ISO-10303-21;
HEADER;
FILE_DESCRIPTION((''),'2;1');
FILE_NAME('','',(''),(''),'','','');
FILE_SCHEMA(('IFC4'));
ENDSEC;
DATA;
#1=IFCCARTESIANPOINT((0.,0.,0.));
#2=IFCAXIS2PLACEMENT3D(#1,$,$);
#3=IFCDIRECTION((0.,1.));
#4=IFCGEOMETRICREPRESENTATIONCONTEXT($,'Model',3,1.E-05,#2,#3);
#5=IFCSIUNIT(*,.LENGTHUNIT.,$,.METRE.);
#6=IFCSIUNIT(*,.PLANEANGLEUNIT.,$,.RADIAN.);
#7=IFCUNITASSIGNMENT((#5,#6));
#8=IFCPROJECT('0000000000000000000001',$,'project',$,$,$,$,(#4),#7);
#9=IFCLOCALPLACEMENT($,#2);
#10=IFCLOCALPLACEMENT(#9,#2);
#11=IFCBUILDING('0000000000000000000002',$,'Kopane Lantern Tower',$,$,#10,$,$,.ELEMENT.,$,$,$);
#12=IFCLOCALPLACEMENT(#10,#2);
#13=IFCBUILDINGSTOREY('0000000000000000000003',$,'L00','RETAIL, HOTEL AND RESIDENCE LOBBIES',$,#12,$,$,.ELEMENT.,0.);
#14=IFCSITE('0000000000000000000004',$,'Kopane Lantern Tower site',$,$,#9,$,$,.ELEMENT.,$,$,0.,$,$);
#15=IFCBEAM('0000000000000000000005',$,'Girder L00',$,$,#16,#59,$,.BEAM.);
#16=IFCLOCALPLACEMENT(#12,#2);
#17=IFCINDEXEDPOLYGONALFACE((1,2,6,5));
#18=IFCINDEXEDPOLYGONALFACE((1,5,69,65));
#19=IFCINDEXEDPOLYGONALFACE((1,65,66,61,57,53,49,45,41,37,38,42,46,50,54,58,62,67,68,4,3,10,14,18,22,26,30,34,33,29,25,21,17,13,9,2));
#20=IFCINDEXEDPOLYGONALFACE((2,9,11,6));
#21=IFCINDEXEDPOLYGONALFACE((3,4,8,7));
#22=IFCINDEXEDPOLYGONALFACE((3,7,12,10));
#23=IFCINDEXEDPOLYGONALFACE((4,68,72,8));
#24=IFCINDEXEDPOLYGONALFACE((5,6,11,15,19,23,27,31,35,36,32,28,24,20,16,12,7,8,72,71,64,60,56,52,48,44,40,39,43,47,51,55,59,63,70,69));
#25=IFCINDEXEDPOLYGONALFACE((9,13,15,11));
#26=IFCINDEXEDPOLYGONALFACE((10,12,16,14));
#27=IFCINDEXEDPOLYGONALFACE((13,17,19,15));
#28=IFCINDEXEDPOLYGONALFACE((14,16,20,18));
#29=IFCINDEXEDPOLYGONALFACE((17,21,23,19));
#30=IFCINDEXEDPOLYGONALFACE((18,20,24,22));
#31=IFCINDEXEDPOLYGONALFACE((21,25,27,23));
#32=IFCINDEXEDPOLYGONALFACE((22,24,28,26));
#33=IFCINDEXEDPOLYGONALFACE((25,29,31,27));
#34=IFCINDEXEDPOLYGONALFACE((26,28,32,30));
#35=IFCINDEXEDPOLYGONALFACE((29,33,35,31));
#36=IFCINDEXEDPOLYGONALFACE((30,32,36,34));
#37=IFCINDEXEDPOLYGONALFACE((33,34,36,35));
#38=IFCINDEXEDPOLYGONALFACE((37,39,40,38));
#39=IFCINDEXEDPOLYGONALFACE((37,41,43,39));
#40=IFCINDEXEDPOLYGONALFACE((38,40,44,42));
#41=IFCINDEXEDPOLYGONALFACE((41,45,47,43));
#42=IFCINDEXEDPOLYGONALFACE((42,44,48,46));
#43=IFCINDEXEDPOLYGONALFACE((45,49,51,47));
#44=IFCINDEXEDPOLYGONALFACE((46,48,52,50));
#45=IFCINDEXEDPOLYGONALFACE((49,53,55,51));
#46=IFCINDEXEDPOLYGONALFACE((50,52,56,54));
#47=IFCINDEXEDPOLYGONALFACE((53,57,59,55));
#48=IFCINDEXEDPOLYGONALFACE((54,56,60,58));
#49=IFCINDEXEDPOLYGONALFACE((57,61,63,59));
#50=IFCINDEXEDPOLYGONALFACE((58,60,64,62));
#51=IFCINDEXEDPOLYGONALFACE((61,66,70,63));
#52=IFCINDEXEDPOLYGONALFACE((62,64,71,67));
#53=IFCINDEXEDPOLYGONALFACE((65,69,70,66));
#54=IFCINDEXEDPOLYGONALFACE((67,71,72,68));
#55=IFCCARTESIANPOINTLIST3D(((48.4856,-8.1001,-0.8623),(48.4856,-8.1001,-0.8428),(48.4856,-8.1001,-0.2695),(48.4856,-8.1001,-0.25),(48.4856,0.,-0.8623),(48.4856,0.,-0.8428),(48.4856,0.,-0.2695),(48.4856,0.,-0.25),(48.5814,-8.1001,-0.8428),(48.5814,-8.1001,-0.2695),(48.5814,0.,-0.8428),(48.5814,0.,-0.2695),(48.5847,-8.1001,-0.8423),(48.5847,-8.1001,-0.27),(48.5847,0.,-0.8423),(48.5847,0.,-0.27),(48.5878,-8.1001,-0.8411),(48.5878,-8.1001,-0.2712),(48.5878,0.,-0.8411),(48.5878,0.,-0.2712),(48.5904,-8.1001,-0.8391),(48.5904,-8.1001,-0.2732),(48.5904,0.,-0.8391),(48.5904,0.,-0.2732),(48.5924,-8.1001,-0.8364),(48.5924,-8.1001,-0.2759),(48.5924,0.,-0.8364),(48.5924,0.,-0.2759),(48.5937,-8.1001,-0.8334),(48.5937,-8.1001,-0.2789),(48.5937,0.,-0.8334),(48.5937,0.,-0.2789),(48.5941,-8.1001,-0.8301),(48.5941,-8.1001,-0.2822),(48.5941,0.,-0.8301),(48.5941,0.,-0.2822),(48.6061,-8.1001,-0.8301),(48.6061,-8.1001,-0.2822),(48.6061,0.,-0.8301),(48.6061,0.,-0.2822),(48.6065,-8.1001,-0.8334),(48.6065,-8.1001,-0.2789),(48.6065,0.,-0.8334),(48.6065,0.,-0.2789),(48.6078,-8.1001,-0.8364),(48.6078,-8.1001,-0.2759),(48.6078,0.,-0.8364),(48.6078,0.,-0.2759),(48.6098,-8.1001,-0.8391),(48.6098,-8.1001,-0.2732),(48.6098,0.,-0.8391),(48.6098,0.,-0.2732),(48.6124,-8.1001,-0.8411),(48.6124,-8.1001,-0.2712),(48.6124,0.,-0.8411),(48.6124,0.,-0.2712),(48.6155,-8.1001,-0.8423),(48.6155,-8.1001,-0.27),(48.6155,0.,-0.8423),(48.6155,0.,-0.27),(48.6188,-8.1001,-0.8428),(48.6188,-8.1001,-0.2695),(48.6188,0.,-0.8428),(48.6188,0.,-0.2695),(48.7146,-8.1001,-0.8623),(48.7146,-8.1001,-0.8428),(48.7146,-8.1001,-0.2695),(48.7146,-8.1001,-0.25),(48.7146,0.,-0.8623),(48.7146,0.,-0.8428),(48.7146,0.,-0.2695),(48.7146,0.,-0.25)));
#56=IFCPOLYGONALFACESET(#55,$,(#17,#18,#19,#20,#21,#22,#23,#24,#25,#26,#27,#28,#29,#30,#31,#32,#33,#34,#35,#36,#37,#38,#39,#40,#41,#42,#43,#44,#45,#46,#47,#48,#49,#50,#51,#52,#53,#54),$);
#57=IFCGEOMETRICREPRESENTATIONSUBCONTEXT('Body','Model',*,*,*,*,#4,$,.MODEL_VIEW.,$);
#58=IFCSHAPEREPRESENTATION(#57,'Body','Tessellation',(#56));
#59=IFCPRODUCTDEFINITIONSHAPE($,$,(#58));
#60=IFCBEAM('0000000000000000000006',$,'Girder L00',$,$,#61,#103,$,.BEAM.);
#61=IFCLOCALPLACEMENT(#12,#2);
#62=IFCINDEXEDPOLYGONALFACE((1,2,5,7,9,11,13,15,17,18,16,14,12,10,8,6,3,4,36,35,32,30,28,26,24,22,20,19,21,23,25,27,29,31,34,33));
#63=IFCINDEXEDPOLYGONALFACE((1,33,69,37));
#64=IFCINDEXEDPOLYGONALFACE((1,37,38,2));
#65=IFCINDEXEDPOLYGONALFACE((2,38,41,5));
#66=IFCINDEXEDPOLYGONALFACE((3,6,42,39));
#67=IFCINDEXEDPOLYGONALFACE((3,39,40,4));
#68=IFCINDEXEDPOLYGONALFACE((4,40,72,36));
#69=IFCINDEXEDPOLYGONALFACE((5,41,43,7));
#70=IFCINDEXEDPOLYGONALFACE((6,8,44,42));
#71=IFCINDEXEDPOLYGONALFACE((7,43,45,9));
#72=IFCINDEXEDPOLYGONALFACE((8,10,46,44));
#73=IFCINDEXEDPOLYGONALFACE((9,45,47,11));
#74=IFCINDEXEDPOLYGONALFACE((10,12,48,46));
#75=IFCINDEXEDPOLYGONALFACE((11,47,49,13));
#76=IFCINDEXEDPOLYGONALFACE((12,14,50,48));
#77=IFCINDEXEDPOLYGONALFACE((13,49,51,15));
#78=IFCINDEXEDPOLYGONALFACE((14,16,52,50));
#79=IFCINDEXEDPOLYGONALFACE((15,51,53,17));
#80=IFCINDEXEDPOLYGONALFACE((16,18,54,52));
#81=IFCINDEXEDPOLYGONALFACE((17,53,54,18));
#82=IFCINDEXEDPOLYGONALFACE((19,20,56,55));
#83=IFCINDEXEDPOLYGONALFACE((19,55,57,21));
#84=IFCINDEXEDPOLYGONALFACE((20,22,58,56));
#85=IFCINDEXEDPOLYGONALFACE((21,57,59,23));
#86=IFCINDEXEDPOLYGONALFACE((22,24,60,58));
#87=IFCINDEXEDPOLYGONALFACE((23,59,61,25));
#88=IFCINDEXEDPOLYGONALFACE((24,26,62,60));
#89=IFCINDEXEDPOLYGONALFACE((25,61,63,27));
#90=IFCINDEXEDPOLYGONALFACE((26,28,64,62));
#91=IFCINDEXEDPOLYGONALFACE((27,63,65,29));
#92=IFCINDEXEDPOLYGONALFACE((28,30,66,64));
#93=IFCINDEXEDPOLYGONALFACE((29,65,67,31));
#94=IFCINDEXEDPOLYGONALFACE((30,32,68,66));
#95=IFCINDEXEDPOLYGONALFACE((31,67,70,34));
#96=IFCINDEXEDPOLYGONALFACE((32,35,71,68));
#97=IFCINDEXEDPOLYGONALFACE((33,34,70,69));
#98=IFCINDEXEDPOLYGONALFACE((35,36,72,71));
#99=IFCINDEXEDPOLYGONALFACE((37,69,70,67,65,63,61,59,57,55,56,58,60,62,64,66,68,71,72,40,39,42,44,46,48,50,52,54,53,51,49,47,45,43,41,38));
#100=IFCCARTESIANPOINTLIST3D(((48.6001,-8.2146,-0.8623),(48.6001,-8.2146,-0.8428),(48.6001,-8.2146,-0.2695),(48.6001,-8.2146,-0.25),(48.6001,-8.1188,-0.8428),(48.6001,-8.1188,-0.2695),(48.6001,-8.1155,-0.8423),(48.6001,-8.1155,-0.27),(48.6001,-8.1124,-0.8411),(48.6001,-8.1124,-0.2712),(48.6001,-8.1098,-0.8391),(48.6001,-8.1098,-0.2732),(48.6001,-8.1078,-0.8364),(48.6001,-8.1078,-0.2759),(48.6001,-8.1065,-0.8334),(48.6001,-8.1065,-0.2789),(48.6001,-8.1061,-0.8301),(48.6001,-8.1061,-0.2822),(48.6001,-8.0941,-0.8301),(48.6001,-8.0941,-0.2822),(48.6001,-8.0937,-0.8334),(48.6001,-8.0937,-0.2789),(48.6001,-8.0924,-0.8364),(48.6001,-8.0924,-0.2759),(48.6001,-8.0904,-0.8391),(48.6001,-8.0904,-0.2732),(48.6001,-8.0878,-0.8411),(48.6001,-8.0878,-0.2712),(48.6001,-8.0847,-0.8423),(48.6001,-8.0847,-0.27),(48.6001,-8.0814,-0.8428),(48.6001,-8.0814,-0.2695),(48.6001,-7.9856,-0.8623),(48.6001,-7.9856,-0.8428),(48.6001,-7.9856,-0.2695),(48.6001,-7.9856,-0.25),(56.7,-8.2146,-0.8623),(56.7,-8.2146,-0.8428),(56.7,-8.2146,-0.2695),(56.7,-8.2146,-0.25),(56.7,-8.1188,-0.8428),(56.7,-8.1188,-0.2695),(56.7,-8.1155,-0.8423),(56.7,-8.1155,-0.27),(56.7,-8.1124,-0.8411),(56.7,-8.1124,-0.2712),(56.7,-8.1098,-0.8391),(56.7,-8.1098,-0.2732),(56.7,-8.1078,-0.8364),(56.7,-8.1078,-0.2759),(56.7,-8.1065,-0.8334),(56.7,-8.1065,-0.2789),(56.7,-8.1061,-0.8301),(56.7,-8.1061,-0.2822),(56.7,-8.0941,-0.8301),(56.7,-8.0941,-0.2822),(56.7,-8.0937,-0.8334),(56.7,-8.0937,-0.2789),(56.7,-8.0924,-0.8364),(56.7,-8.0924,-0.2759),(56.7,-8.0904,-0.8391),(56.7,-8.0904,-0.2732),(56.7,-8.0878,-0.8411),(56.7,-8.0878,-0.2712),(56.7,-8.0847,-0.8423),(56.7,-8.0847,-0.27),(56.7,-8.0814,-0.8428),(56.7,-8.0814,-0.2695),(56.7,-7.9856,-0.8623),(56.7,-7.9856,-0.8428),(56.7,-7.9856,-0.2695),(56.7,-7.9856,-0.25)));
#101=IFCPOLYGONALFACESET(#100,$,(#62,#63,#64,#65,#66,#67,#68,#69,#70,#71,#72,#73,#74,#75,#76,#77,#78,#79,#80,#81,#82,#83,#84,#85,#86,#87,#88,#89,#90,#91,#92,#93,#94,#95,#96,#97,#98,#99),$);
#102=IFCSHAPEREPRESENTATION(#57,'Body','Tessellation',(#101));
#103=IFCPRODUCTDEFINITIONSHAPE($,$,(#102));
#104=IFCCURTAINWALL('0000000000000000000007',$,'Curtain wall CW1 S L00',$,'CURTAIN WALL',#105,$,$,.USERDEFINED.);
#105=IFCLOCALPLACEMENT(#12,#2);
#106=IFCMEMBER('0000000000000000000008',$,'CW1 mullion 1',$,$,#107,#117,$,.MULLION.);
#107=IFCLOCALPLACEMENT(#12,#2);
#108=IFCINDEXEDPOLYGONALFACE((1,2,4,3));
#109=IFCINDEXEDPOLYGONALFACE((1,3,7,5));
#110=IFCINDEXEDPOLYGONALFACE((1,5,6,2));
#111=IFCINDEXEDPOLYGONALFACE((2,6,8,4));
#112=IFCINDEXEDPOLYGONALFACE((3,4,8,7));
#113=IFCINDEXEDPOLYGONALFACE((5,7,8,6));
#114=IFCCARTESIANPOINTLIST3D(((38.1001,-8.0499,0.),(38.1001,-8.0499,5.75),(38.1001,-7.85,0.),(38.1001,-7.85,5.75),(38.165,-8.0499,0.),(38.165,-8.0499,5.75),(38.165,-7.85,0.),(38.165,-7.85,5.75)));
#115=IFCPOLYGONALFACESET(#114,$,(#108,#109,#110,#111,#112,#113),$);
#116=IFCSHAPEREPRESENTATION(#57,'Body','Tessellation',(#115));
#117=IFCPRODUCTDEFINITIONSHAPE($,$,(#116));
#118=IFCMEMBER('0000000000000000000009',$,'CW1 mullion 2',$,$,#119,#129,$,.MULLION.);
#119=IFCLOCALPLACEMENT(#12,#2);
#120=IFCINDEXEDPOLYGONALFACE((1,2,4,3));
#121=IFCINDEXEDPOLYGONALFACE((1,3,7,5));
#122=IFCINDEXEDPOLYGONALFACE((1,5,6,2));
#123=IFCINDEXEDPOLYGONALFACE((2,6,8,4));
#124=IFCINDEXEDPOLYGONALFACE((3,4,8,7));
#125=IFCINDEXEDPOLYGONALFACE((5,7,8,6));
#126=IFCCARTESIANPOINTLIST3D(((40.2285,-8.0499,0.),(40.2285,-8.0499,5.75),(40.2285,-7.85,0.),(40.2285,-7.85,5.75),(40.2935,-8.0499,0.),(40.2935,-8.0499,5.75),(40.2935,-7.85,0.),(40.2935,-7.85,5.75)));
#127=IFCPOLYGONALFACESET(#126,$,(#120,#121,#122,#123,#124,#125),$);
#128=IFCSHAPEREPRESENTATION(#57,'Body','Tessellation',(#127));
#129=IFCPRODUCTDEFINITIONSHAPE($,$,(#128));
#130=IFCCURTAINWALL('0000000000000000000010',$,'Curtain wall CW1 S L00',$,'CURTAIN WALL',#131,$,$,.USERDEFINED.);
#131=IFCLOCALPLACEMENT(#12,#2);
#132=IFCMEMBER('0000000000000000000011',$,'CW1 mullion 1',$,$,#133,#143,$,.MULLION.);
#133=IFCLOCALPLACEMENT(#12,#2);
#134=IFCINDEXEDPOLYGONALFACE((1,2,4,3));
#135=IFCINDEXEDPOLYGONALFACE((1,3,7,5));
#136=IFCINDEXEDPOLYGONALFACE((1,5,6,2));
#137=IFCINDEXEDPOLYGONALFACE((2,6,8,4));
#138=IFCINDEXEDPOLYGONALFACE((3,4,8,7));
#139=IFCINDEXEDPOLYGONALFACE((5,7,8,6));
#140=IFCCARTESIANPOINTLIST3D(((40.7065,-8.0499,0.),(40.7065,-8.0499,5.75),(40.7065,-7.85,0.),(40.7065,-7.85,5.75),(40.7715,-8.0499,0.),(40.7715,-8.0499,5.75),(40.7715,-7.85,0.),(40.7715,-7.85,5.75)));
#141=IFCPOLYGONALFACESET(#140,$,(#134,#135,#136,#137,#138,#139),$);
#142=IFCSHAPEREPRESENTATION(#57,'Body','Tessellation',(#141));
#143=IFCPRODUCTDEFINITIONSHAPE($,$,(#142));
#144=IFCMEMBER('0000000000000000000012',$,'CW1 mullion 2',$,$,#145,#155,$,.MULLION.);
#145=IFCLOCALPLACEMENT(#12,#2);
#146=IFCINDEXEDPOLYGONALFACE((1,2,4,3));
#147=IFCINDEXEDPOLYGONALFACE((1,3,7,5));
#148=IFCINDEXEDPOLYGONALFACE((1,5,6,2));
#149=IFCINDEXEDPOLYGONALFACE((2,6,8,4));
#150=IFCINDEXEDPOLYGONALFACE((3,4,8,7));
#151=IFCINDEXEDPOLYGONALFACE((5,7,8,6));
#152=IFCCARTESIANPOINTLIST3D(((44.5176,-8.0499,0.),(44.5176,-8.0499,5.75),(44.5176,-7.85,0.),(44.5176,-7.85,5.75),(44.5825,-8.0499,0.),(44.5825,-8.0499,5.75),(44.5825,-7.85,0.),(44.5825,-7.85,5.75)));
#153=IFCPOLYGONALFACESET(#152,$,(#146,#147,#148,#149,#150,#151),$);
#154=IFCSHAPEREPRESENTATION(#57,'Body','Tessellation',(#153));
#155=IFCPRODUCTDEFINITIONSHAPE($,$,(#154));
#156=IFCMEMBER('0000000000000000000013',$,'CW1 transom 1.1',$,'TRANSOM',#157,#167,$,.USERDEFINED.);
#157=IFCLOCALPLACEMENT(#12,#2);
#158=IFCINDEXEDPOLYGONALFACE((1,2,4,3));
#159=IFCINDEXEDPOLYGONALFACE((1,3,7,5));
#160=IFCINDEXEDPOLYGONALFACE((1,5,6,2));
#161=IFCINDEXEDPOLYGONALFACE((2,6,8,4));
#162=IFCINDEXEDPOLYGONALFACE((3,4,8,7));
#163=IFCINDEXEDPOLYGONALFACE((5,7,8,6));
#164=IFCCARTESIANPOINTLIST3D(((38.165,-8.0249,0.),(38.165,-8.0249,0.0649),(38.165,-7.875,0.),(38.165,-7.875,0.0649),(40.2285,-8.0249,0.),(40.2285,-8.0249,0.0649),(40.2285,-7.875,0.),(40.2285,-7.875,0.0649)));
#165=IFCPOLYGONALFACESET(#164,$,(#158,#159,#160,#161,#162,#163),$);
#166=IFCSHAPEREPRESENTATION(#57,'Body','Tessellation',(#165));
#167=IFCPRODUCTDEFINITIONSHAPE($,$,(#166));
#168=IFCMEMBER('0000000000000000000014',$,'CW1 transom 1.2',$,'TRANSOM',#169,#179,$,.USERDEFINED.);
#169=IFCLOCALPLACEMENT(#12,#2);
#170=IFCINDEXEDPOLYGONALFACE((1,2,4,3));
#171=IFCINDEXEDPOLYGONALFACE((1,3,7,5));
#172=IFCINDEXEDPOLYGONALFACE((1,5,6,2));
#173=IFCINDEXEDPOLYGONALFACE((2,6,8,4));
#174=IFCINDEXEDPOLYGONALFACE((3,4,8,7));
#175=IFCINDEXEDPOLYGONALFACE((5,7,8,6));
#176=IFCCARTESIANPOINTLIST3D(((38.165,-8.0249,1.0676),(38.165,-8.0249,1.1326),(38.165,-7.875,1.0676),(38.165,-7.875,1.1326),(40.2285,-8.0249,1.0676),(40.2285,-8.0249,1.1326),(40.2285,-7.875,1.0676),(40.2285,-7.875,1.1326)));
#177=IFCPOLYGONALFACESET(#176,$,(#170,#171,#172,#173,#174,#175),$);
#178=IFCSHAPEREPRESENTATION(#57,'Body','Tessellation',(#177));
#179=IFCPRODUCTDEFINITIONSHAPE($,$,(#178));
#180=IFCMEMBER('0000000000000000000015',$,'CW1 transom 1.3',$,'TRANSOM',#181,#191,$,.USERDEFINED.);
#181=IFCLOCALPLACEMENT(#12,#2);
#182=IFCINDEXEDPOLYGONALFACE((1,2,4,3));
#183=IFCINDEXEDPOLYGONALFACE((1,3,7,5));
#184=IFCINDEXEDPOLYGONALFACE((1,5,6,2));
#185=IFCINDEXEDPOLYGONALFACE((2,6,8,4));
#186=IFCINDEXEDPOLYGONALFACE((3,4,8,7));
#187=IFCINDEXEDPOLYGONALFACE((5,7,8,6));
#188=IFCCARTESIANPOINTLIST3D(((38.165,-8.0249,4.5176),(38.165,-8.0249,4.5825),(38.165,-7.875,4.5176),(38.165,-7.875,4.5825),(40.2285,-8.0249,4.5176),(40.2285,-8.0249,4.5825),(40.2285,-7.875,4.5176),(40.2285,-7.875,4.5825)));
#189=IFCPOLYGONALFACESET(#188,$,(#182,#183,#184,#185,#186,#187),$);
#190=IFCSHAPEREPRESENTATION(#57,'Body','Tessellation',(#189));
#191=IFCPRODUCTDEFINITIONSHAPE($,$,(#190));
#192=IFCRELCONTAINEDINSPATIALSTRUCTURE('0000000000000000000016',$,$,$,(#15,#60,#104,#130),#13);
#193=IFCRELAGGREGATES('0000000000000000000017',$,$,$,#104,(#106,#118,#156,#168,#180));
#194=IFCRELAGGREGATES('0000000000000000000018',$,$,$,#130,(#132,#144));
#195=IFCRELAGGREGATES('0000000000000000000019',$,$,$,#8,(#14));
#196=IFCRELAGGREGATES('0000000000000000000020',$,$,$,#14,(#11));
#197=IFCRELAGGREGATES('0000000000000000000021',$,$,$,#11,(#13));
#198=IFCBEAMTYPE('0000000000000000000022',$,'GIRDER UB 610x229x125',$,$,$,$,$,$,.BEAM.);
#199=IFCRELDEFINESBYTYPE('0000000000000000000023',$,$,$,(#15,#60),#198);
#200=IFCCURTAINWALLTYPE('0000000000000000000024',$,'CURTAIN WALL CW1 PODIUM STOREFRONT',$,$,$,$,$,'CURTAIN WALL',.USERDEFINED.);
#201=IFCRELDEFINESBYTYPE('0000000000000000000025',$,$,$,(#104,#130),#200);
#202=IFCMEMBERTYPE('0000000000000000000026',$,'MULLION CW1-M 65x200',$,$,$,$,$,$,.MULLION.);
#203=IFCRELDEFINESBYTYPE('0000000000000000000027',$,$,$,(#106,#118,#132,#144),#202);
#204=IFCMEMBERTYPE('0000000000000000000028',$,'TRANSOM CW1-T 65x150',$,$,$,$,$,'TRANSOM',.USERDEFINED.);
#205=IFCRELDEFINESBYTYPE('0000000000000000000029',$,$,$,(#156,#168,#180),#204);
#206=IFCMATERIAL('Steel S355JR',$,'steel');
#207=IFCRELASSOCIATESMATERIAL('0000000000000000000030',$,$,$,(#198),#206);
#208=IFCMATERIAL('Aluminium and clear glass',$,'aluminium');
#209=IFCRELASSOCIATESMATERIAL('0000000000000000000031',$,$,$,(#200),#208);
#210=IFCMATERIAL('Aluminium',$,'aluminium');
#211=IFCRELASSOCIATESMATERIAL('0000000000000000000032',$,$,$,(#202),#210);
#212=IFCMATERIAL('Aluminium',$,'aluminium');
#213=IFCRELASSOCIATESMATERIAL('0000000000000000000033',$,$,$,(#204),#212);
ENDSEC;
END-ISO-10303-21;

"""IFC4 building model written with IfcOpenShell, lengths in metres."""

from ifc_helpers import new_model, si_unit, direction, frame, origin, origin_2d, place, context, subcontext, project, spatial, rectangle, i_section, extrude, material, material_profile, profile_set, type_object, element, aggregate, save


model = new_model("IFC4")

# Units and contexts
model_context = context("Model", 3, precision=1e-05, world=origin(), true_north=direction((0.0, 1.0)))
body_context = subcontext(model_context, "Body", "Model", "MODEL_VIEW")
ifc_project = project(units=[si_unit("LENGTHUNIT", "METRE"), si_unit("PLANEANGLEUNIT", "RADIAN")], contexts=[model_context])

# Site, building, storey
site_placement = place(None, origin())
site = spatial("IfcSite", under=ifc_project, at=site_placement, Name="Kopane Lantern Tower site", CompositionType="ELEMENT", RefElevation=0.0)
building_placement = place(site_placement, origin())
building = spatial("IfcBuilding", under=site, at=building_placement, Name="Kopane Lantern Tower", CompositionType="ELEMENT")
storey_placement = place(building_placement, origin())
storey = spatial("IfcBuildingStorey", under=building, at=storey_placement, Name="L00", Description="RETAIL, HOTEL AND RESIDENCE LOBBIES", CompositionType="ELEMENT", Elevation=0.0)

# Beams
ifc_material_1 = material(Name="Steel S355JR", Category="steel")
ifc_material_profile_1 = material_profile(ifc_material_1, i_section(OverallWidth=0.229, OverallDepth=0.6123, WebThickness=0.012, FlangeThickness=0.0195, FilletRadius=0.0127, at=origin_2d()), Name="UB 610x229x125")
ifc_profile_set_1 = profile_set([ifc_material_profile_1], Name="Steel S355JR")
beam_type = type_object("IfcBeamType", Name="GIRDER UB 610x229x125", PredefinedType="BEAM", material=ifc_profile_set_1)
for number, where, z_axis, x_axis, name in (
    (1, (48.6001, -8.1001, -0.5562), (0.0, 1.0, 0.0), (-1.0, 0.0, 0.0), "Girder L00"),
):
    element("IfcBeam", number, at=place(storey_placement, frame(where, z_axis=z_axis, x_axis=x_axis)), inside=storey, type_object=beam_type, Name=name, PredefinedType="BEAM", context=body_context, shape_type="SweptSolid", body=[
        extrude(i_section(OverallWidth=0.229, OverallDepth=0.6123, WebThickness=0.012, FlangeThickness=0.0195, FilletRadius=0.0127, at=origin_2d()), origin(), (0.0, 0.0, 1.0), 8.1001),
    ])
beam_placement = place(storey_placement, frame((48.6001, -8.1001, -0.5562), z_axis=(1.0, 0.0, 0.0), x_axis=(0.0, 1.0, 0.0)))
element("IfcBeam", 2, at=beam_placement, inside=storey, type_object=beam_type, Name="Girder L00", PredefinedType="BEAM", context=body_context, shape_type="SweptSolid", body=[
    extrude(i_section(OverallWidth=0.229, OverallDepth=0.6123, WebThickness=0.012, FlangeThickness=0.0195, FilletRadius=0.0127, at=origin_2d()), origin(), (0.0, 0.0, 1.0), 8.0999),
])

# Curtain walls, members
ifc_material_2 = material(Name="Aluminium and clear glass", Category="aluminium")
curtain_wall_type = type_object("IfcCurtainWallType", Name="CURTAIN WALL CW1 PODIUM STOREFRONT", ElementType="CURTAIN WALL", PredefinedType="USERDEFINED", material=ifc_material_2)
curtain_wall_1_placement = place(storey_placement, origin())
curtain_wall_1 = element("IfcCurtainWall", 3, at=curtain_wall_1_placement, inside=storey, type_object=curtain_wall_type, Name="Curtain wall CW1 S L00", ObjectType="CURTAIN WALL", PredefinedType="USERDEFINED")
ifc_material_3 = material(Name="Aluminium", Category="aluminium")
ifc_material_profile_2 = material_profile(ifc_material_3, rectangle(XDim=0.0649, YDim=0.2, at=origin_2d()), Name="AL 65x200")
ifc_profile_set_2 = profile_set([ifc_material_profile_2], Name="Aluminium")
member_type_1 = type_object("IfcMemberType", Name="MULLION CW1-M 65x200", PredefinedType="MULLION", material=ifc_profile_set_2)
member_1_placement = place(storey_placement, frame((38.1326, -7.95, 0.0), z_axis=(0.0, 0.0, 1.0), x_axis=(1.0, 0.0, 0.0)))
member_1 = element("IfcMember", 4, at=member_1_placement, type_object=member_type_1, Name="CW1 mullion 1", PredefinedType="MULLION", context=body_context, shape_type="SweptSolid", body=[
    extrude(rectangle(XDim=0.0649, YDim=0.2, at=origin_2d()), origin(), (0.0, 0.0, 1.0), 5.75),
])
member_2_placement = place(storey_placement, frame((40.261, -7.95, 0.0), z_axis=(0.0, 0.0, 1.0), x_axis=(1.0, 0.0, 0.0)))
member_2 = element("IfcMember", 5, at=member_2_placement, type_object=member_type_1, Name="CW1 mullion 2", PredefinedType="MULLION", context=body_context, shape_type="SweptSolid", body=[
    extrude(rectangle(XDim=0.0649, YDim=0.2, at=origin_2d()), origin(), (0.0, 0.0, 1.0), 5.75),
])
curtain_wall_2_placement = place(storey_placement, origin())
curtain_wall_2 = element("IfcCurtainWall", 6, at=curtain_wall_2_placement, inside=storey, type_object=curtain_wall_type, Name="Curtain wall CW1 S L00", ObjectType="CURTAIN WALL", PredefinedType="USERDEFINED")
member_3_placement = place(storey_placement, frame((40.739, -7.95, 0.0), z_axis=(0.0, 0.0, 1.0), x_axis=(1.0, 0.0, 0.0)))
member_3 = element("IfcMember", 7, at=member_3_placement, type_object=member_type_1, Name="CW1 mullion 1", PredefinedType="MULLION", context=body_context, shape_type="SweptSolid", body=[
    extrude(rectangle(XDim=0.0649, YDim=0.2, at=origin_2d()), origin(), (0.0, 0.0, 1.0), 5.75),
])
member_4_placement = place(storey_placement, frame((44.55, -7.95, 0.0), z_axis=(0.0, 0.0, 1.0), x_axis=(1.0, 0.0, 0.0)))
member_4 = element("IfcMember", 8, at=member_4_placement, type_object=member_type_1, Name="CW1 mullion 2", PredefinedType="MULLION", context=body_context, shape_type="SweptSolid", body=[
    extrude(rectangle(XDim=0.0649, YDim=0.2, at=origin_2d()), origin(), (0.0, 0.0, 1.0), 5.75),
])

# Members
ifc_material_4 = material(Name="Aluminium", Category="aluminium")
ifc_material_profile_3 = material_profile(ifc_material_4, rectangle(XDim=0.1499, YDim=0.0649, at=origin_2d()), Name="AL 150x65")
ifc_profile_set_3 = profile_set([ifc_material_profile_3], Name="Aluminium")
member_type_2 = type_object("IfcMemberType", Name="TRANSOM CW1-T 65x150", ElementType="TRANSOM", PredefinedType="USERDEFINED", material=ifc_profile_set_3)
member_5_placement = place(storey_placement, frame((38.165, -7.95, 0.0325), z_axis=(1.0, 0.0, 0.0), x_axis=(0.0, 1.0, 0.0)))
member_5 = element("IfcMember", 9, at=member_5_placement, type_object=member_type_2, Name="CW1 transom 1.1", ObjectType="TRANSOM", PredefinedType="USERDEFINED", context=body_context, shape_type="SweptSolid", body=[
    extrude(rectangle(XDim=0.1499, YDim=0.0649, at=origin_2d()), origin(), (0.0, 0.0, 1.0), 2.0635),
])
member_6_placement = place(storey_placement, frame((38.165, -7.95, 1.1001), z_axis=(1.0, 0.0, 0.0), x_axis=(0.0, 1.0, 0.0)))
member_6 = element("IfcMember", 10, at=member_6_placement, type_object=member_type_2, Name="CW1 transom 1.2", ObjectType="TRANSOM", PredefinedType="USERDEFINED", context=body_context, shape_type="SweptSolid", body=[
    extrude(rectangle(XDim=0.1499, YDim=0.0649, at=origin_2d()), origin(), (0.0, 0.0, 1.0), 2.0635),
])
member_7_placement = place(storey_placement, frame((38.165, -7.95, 4.55), z_axis=(1.0, 0.0, 0.0), x_axis=(0.0, 1.0, 0.0)))
member_7 = element("IfcMember", 11, at=member_7_placement, type_object=member_type_2, Name="CW1 transom 1.3", ObjectType="TRANSOM", PredefinedType="USERDEFINED", context=body_context, shape_type="SweptSolid", body=[
    extrude(rectangle(XDim=0.1499, YDim=0.0649, at=origin_2d()), origin(), (0.0, 0.0, 1.0), 2.0635),
])

aggregate(curtain_wall_1, [member_1, member_2, member_5, member_6, member_7])
aggregate(curtain_wall_2, [member_3, member_4])

save(model, "model.ifc")
